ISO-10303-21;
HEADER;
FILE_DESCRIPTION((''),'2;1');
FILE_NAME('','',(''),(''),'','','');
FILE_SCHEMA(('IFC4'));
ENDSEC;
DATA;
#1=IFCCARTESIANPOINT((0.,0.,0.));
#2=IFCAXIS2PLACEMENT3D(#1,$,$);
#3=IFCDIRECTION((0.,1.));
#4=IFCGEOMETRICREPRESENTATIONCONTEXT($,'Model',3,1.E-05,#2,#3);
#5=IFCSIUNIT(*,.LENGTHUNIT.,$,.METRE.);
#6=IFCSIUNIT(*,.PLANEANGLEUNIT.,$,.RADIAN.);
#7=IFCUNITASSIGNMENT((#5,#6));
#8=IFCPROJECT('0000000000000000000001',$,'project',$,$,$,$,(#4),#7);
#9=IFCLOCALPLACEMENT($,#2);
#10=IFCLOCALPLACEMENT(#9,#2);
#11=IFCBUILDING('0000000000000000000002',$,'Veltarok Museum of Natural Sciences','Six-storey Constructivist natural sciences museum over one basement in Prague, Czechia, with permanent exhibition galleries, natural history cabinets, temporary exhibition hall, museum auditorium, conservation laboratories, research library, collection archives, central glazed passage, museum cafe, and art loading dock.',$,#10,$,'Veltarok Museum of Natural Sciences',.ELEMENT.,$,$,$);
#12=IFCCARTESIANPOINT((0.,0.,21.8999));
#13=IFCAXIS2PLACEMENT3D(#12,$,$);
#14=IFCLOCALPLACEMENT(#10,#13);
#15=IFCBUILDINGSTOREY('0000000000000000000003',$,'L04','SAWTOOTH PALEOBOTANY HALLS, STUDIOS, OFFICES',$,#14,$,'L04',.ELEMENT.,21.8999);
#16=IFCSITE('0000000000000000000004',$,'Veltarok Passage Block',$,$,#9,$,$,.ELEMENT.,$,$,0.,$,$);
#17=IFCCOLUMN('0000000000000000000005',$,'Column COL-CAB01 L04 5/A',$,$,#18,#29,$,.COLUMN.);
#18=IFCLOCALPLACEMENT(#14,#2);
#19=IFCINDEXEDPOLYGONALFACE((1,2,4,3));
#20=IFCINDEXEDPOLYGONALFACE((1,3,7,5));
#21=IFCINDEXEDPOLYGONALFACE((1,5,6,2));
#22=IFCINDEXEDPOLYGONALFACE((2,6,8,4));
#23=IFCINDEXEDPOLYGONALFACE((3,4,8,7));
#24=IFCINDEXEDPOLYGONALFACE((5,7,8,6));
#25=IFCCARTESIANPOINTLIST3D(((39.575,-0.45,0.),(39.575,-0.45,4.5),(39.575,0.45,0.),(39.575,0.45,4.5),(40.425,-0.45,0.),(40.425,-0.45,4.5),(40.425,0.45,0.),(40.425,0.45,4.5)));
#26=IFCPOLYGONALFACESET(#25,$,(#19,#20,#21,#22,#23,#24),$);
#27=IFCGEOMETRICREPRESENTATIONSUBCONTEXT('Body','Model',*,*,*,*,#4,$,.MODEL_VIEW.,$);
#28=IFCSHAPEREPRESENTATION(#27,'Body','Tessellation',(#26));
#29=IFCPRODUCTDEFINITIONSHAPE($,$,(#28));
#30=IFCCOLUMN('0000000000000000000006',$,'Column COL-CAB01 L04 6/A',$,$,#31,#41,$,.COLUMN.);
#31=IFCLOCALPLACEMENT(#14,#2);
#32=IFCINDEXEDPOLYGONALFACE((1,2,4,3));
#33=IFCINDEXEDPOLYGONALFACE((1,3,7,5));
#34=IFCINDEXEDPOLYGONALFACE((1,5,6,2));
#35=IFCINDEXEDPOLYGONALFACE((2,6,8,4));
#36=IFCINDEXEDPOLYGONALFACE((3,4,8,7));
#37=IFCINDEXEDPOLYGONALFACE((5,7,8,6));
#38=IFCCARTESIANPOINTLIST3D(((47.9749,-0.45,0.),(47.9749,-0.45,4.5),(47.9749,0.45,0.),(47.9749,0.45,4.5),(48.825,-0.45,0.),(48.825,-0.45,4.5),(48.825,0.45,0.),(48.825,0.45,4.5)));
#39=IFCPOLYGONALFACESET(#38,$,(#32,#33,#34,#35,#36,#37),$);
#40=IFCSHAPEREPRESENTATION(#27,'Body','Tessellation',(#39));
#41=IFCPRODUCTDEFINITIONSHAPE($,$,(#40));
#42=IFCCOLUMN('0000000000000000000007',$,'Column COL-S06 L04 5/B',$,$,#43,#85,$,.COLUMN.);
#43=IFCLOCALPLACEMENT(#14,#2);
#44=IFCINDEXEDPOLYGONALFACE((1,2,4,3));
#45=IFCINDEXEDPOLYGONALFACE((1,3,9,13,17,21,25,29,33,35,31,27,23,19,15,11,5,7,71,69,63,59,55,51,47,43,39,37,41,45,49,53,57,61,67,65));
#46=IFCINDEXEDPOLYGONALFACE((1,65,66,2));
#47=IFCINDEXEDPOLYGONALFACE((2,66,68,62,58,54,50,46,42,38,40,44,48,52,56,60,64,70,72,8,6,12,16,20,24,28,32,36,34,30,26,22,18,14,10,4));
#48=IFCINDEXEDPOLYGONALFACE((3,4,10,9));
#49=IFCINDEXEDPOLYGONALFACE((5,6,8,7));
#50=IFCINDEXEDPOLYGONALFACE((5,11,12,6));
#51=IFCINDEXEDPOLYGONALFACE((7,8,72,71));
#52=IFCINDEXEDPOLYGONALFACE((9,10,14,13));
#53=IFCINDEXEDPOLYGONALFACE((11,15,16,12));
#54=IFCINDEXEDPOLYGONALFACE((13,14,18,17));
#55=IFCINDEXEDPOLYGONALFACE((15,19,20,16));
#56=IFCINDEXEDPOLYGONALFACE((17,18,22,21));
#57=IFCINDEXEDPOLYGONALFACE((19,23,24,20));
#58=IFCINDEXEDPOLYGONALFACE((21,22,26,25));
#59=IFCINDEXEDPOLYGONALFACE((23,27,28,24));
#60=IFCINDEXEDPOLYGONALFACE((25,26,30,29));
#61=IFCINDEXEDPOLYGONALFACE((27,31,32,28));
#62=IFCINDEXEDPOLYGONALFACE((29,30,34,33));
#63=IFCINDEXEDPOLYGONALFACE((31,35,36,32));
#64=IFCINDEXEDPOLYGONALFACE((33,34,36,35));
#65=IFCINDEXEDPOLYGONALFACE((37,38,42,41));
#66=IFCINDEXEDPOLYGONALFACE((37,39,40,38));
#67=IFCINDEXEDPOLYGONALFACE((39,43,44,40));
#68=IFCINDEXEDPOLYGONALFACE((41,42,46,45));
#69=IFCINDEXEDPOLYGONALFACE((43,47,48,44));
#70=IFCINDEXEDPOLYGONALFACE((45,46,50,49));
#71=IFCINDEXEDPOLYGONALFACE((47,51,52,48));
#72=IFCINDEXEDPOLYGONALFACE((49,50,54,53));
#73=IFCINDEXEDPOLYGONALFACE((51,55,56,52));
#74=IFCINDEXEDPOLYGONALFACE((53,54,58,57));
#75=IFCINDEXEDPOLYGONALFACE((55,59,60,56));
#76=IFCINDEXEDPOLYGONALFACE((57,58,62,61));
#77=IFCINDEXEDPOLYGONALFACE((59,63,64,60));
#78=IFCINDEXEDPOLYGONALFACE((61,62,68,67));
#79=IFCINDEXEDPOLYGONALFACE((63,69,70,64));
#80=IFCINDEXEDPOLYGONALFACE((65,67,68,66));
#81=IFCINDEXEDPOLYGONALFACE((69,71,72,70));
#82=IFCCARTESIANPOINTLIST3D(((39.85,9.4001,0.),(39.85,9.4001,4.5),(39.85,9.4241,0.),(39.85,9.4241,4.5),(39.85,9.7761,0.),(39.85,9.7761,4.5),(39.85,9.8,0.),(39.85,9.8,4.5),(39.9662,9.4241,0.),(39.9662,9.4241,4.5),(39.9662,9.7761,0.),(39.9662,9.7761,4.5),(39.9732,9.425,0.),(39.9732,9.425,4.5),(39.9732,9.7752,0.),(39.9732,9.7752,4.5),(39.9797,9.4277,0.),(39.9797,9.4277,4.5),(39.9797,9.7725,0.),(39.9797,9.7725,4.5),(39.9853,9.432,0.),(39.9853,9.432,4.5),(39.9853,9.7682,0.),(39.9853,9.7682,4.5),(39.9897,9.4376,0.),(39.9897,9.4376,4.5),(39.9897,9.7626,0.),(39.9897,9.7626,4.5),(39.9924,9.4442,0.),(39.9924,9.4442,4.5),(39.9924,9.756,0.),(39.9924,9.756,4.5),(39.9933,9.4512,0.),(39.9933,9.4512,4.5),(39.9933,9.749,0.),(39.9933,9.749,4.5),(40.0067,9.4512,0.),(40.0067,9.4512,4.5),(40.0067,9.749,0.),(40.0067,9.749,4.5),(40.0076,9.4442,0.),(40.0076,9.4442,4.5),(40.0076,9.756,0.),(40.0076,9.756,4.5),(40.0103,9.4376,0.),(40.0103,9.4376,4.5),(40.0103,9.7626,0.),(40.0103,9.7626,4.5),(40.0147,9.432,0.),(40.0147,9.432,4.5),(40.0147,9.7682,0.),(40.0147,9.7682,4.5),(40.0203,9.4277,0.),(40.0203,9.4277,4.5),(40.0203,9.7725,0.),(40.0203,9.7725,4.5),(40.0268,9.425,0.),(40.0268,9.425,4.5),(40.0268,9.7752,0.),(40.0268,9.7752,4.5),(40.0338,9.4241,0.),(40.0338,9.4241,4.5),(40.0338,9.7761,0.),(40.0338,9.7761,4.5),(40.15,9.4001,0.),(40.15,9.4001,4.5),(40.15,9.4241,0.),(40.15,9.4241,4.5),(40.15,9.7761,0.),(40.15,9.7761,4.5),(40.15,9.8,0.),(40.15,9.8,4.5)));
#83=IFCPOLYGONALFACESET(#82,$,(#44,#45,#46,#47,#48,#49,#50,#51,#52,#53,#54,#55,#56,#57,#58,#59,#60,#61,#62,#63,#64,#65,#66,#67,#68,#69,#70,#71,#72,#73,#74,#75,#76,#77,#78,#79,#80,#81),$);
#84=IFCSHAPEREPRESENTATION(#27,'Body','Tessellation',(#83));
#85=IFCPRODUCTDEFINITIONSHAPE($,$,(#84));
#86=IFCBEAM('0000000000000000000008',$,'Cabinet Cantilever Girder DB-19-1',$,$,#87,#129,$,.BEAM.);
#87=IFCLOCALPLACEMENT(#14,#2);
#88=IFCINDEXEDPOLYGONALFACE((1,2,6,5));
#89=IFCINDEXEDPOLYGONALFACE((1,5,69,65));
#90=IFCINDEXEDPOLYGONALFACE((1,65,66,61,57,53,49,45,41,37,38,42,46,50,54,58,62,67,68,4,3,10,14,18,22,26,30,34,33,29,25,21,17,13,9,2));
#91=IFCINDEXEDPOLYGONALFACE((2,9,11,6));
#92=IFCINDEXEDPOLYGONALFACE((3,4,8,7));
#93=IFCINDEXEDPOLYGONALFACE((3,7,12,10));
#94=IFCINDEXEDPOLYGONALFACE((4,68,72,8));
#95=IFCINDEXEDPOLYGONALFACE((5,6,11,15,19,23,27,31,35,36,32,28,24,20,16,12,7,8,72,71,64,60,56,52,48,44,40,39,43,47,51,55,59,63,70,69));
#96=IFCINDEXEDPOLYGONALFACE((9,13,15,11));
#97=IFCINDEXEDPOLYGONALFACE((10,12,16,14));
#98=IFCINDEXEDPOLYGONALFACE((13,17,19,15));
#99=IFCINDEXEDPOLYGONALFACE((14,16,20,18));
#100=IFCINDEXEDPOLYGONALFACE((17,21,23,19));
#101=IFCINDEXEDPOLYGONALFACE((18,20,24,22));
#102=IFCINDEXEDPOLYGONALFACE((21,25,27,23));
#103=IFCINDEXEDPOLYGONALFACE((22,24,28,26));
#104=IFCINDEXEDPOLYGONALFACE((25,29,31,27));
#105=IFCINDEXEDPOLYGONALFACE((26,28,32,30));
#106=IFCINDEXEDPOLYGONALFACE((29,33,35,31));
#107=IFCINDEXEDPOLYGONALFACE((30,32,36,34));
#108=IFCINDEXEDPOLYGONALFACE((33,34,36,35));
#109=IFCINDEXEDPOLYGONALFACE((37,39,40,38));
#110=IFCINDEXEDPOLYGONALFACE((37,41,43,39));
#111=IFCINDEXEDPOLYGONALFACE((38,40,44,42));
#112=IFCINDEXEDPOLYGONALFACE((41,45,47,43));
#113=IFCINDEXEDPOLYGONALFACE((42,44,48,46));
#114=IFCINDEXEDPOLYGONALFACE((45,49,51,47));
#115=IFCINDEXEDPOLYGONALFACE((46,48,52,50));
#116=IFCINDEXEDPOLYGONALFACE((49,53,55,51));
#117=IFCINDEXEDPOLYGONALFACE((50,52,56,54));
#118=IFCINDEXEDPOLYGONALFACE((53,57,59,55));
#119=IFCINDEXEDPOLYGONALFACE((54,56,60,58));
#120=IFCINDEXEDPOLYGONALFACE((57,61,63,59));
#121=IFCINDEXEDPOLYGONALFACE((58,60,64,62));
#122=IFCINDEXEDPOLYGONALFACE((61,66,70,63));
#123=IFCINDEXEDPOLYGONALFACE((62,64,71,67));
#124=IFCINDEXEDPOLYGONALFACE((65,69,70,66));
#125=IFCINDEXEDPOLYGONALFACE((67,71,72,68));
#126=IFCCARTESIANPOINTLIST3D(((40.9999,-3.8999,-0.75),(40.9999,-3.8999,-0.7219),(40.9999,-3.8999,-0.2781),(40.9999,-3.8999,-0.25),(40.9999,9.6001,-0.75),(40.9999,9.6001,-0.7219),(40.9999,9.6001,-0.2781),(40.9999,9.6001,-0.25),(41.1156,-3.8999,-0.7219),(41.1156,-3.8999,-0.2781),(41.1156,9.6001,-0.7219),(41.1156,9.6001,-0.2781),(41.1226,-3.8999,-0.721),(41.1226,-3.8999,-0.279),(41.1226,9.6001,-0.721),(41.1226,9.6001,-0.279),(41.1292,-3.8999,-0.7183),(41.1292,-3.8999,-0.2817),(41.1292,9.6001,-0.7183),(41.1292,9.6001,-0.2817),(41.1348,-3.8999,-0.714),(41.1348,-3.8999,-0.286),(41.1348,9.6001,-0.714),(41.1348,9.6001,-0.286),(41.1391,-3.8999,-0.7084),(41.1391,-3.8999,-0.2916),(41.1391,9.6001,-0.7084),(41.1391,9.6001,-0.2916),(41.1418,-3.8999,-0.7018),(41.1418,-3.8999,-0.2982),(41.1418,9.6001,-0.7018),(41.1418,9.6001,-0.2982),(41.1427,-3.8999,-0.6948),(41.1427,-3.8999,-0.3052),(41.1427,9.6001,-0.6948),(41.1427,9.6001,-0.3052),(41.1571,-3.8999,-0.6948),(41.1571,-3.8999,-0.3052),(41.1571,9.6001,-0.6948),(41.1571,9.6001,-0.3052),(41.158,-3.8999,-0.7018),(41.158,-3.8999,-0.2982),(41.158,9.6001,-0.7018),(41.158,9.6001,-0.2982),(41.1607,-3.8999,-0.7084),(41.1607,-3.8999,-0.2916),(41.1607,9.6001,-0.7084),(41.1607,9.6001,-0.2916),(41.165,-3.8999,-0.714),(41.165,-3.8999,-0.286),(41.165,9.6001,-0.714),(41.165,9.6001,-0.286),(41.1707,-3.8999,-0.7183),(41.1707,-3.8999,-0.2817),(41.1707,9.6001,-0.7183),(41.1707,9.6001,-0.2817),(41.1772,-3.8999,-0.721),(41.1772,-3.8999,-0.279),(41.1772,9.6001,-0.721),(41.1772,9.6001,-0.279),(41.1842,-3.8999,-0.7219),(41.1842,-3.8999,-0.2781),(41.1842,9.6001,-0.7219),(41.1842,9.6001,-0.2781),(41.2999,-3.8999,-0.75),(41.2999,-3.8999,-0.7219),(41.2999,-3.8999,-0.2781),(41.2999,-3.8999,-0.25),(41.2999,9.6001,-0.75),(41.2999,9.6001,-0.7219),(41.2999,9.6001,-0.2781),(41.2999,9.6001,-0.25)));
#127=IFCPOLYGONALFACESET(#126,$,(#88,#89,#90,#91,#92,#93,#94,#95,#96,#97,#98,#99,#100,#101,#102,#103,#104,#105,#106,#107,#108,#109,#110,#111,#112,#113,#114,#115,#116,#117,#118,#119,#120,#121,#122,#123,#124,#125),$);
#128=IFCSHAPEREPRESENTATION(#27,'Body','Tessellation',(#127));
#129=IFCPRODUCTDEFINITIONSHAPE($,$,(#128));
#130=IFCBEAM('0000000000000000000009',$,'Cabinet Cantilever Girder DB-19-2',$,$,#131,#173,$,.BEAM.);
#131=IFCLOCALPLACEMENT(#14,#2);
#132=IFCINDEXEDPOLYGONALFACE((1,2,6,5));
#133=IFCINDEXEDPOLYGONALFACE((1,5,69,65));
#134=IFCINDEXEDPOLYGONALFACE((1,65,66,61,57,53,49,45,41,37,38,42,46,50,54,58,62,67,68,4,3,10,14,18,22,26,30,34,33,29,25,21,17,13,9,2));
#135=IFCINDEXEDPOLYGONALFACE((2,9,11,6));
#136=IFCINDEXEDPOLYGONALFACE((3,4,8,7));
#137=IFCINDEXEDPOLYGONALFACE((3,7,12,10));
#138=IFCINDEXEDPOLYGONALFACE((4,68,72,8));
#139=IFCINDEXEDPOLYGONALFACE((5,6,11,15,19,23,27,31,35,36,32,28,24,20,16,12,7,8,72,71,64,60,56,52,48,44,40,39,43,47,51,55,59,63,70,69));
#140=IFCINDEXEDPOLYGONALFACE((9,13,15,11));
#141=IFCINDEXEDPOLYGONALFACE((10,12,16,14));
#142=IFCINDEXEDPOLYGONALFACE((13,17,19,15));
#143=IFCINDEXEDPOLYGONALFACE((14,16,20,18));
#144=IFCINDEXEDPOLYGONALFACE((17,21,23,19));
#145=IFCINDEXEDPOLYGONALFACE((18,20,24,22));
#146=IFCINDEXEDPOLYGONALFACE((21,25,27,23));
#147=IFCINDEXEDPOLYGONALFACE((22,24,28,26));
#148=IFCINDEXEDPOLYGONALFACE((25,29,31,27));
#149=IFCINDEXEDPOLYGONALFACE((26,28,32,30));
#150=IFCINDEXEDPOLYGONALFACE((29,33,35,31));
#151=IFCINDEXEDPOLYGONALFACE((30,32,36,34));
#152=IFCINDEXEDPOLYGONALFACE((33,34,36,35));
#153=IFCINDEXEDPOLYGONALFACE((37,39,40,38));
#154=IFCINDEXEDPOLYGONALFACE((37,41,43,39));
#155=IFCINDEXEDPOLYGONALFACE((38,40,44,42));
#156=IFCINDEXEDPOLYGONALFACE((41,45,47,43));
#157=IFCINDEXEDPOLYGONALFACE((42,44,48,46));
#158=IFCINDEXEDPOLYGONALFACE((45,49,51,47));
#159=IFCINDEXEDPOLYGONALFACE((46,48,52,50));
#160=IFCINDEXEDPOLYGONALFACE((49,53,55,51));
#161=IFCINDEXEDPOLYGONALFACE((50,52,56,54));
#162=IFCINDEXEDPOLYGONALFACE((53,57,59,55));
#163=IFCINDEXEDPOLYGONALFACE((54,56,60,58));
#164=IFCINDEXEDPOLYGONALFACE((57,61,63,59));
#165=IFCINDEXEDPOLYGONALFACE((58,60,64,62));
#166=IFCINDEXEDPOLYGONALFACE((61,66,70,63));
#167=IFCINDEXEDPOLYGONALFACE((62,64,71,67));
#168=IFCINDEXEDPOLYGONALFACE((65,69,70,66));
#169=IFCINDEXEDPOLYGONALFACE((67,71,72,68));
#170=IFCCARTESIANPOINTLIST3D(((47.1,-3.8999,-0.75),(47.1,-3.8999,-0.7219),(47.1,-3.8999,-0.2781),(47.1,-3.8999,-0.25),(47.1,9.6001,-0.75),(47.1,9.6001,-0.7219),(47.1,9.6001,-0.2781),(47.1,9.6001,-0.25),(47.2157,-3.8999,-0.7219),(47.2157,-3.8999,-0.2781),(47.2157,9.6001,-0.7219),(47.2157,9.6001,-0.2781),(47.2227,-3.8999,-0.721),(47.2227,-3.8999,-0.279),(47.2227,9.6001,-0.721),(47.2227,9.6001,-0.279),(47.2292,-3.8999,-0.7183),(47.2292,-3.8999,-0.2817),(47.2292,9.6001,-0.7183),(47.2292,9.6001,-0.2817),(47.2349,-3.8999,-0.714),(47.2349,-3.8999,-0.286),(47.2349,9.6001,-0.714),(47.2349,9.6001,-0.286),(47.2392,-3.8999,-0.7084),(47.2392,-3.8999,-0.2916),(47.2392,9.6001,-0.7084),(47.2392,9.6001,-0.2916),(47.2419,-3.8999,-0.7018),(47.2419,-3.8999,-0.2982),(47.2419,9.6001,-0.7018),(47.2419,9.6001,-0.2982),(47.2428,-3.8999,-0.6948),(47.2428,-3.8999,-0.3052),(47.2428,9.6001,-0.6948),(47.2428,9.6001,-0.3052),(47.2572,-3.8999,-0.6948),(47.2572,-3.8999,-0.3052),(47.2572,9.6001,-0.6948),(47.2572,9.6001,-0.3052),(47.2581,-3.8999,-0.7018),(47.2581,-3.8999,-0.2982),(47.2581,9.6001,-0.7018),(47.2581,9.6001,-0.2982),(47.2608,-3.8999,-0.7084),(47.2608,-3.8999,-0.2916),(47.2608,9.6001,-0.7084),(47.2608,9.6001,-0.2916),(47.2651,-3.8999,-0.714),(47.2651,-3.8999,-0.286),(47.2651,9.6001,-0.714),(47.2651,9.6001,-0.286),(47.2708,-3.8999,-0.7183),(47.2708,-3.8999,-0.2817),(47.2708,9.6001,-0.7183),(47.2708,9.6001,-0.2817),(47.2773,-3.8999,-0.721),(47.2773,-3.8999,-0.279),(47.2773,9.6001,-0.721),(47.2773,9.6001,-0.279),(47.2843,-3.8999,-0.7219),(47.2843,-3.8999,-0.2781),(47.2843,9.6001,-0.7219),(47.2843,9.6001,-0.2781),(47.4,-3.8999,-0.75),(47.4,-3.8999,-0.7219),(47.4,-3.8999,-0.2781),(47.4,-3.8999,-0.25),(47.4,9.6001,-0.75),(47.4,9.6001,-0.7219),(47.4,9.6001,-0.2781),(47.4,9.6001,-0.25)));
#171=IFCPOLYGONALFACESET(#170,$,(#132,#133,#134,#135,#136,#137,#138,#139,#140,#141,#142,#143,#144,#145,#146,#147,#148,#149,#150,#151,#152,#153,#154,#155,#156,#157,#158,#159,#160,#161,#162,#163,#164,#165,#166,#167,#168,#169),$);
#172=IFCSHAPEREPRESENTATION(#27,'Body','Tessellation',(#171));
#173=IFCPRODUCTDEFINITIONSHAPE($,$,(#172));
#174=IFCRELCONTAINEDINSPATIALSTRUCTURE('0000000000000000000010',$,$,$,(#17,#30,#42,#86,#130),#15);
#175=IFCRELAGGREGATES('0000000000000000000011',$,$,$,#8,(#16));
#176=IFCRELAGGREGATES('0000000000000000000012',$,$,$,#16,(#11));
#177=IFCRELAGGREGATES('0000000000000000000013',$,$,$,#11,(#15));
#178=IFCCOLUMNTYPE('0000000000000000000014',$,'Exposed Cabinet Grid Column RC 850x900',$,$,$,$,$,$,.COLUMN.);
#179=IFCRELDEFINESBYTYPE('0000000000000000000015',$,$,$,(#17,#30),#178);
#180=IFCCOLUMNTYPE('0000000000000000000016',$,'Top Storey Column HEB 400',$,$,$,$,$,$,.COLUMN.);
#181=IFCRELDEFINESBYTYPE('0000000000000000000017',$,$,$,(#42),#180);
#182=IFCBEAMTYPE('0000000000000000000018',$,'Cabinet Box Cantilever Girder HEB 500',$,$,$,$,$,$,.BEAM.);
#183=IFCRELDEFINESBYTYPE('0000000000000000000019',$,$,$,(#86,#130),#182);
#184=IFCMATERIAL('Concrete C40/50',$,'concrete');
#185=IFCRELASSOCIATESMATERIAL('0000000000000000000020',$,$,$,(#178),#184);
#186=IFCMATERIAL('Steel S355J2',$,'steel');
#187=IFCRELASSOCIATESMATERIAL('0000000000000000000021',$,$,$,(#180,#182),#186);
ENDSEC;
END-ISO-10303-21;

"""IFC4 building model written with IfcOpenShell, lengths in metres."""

from ifc_helpers import new_model, si_unit, direction, frame, origin, origin_2d, place, context, subcontext, project, spatial, rectangle, i_section, extrude, material, material_profile, profile_set, type_object, element, save


model = new_model("IFC4")

# Units and contexts
model_context = context("Model", 3, precision=1e-05, world=origin(), true_north=direction((0.0, 1.0)))
body_context = subcontext(model_context, "Body", "Model", "MODEL_VIEW")
ifc_project = project(units=[si_unit("LENGTHUNIT", "METRE"), si_unit("PLANEANGLEUNIT", "RADIAN")], contexts=[model_context])

# Site, building, storey
site_placement = place(None, origin())
site = spatial("IfcSite", under=ifc_project, at=site_placement, Name="Veltarok Passage Block", CompositionType="ELEMENT", RefElevation=0.0)
building_placement = place(site_placement, origin())
building = spatial("IfcBuilding", under=site, at=building_placement, Name="Veltarok Museum of Natural Sciences", Description="Six-storey Constructivist natural sciences museum over one basement in Prague, Czechia, with permanent exhibition galleries, natural history cabinets, temporary exhibition hall, museum auditorium, conservation laboratories, research library, collection archives, central glazed passage, museum cafe, and art loading dock.", LongName="Veltarok Museum of Natural Sciences", CompositionType="ELEMENT")
storey_placement = place(building_placement, frame((0.0, 0.0, 21.8999)))
storey = spatial("IfcBuildingStorey", under=building, at=storey_placement, Name="L04", Description="SAWTOOTH PALEOBOTANY HALLS, STUDIOS, OFFICES", LongName="L04", CompositionType="ELEMENT", Elevation=21.8999)

# Columns
ifc_material_1 = material(Name="Concrete C40/50", Category="concrete")
ifc_material_profile_1 = material_profile(ifc_material_1, rectangle(XDim=0.8501, YDim=0.8999, at=origin_2d()), Name="RC 850x900")
ifc_profile_set_1 = profile_set([ifc_material_profile_1], Name="Concrete C40/50")
column_type_1 = type_object("IfcColumnType", Name="Exposed Cabinet Grid Column RC 850x900", PredefinedType="COLUMN", material=ifc_profile_set_1)
for number, where, z_axis, x_axis, name in (
    (1, (40.0, 0.0, 0.0), (0.0, 0.0, 1.0), (1.0, 0.0, 0.0), "Column COL-CAB01 L04 5/A"),
    (2, (48.3999, 0.0, 0.0), (0.0, 0.0, 1.0), (1.0, 0.0, 0.0), "Column COL-CAB01 L04 6/A"),
):
    element("IfcColumn", number, at=place(storey_placement, frame(where, z_axis=z_axis, x_axis=x_axis)), inside=storey, type_object=column_type_1, Name=name, PredefinedType="COLUMN", context=body_context, shape_type="SweptSolid", body=[
        extrude(rectangle(XDim=0.8501, YDim=0.8999, at=origin_2d()), origin(), (0.0, 0.0, 1.0), 4.5),
    ])
ifc_material_2 = material(Name="Steel S355J2", Category="steel")
ifc_material_profile_2 = material_profile(ifc_material_2, i_section(OverallWidth=0.3, OverallDepth=0.3999, WebThickness=0.0134, FlangeThickness=0.0239, FilletRadius=0.0271, at=origin_2d()), Name="HEB 400")
ifc_profile_set_2 = profile_set([ifc_material_profile_2], Name="Steel S355J2")
column_type_2 = type_object("IfcColumnType", Name="Top Storey Column HEB 400", PredefinedType="COLUMN", material=ifc_profile_set_2)
column_placement = place(storey_placement, frame((40.0, 9.6001, 0.0), z_axis=(0.0, 0.0, 1.0), x_axis=(1.0, 0.0, 0.0)))
element("IfcColumn", 3, at=column_placement, inside=storey, type_object=column_type_2, Name="Column COL-S06 L04 5/B", PredefinedType="COLUMN", context=body_context, shape_type="SweptSolid", body=[
    extrude(i_section(OverallWidth=0.3, OverallDepth=0.3999, WebThickness=0.0134, FlangeThickness=0.0239, FilletRadius=0.0271, at=origin_2d()), origin(), (0.0, 0.0, 1.0), 4.5),
])

# Beams
ifc_material_profile_3 = material_profile(ifc_material_2, i_section(OverallWidth=0.3, OverallDepth=0.5, WebThickness=0.0144, FlangeThickness=0.0281, FilletRadius=0.0271, at=origin_2d()), Name="HEB 500")
ifc_profile_set_3 = profile_set([ifc_material_profile_3], Name="Steel S355J2")
beam_type_1 = type_object("IfcBeamType", Name="Cabinet Box Cantilever Girder HEB 500", PredefinedType="BEAM", material=ifc_profile_set_3)
for number, where, z_axis, x_axis, name in (
    (4, (41.1499, -3.8999, -0.5), (0.0, 1.0, 0.0), (-1.0, 0.0, 0.0), "Cabinet Cantilever Girder DB-19-1"),
    (5, (47.25, -3.8999, -0.5), (0.0, 1.0, 0.0), (-1.0, 0.0, 0.0), "Cabinet Cantilever Girder DB-19-2"),
):
    element("IfcBeam", number, at=place(storey_placement, frame(where, z_axis=z_axis, x_axis=x_axis)), inside=storey, type_object=beam_type_1, Name=name, PredefinedType="BEAM", context=body_context, shape_type="SweptSolid", body=[
        extrude(i_section(OverallWidth=0.3, OverallDepth=0.5, WebThickness=0.0144, FlangeThickness=0.0281, FilletRadius=0.0271, at=origin_2d()), origin(), (0.0, 0.0, 1.0), 13.5),
    ])

save(model, "model.ifc")
